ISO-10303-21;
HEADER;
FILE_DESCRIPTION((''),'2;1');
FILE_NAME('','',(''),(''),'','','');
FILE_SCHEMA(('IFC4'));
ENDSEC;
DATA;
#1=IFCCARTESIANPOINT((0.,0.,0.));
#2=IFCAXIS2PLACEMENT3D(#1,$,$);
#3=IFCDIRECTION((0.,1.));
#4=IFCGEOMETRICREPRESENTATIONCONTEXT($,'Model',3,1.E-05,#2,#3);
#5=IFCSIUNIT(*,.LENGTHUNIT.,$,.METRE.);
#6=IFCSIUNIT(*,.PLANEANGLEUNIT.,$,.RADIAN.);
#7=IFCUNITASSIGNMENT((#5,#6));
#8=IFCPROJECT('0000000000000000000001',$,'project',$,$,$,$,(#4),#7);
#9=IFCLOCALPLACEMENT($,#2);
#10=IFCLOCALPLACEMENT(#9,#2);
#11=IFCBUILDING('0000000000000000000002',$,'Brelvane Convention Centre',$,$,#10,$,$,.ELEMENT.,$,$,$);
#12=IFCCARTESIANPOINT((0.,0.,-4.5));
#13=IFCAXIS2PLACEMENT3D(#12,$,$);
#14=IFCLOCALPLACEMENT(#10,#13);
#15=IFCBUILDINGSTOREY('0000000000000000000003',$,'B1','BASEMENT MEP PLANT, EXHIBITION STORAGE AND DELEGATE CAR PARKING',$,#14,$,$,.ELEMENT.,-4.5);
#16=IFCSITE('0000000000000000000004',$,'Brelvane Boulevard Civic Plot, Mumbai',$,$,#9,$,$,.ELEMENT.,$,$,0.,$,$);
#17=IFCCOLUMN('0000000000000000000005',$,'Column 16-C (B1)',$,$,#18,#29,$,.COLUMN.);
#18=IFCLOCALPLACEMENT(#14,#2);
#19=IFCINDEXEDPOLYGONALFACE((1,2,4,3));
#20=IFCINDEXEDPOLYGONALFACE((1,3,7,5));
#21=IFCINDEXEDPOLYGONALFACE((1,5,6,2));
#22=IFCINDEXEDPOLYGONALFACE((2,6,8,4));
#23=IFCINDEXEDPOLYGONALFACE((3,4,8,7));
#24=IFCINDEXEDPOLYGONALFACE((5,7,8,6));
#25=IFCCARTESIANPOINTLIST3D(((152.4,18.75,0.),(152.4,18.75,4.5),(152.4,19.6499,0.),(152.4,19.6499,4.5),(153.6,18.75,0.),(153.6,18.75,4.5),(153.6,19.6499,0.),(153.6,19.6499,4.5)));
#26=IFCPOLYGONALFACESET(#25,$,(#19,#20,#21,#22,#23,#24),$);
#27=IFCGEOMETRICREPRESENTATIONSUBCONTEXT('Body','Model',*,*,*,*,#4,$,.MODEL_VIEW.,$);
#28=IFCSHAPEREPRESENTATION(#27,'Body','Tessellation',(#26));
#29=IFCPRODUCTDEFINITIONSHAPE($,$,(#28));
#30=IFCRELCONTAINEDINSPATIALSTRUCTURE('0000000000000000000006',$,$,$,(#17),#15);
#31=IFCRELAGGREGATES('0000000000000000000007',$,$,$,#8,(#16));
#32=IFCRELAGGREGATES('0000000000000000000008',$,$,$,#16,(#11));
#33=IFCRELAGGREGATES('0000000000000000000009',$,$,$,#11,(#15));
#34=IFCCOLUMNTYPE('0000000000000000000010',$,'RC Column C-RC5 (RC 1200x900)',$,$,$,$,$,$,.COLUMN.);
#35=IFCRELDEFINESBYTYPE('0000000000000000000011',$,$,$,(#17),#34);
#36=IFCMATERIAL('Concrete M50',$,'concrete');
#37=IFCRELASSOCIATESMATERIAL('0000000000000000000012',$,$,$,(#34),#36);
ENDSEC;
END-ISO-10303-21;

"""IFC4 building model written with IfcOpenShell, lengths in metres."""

from ifc_helpers import new_model, si_unit, direction, frame, origin, origin_2d, place, context, subcontext, project, spatial, rectangle, extrude, material, material_profile, profile_set, type_object, element, save


model = new_model("IFC4")

# Units and contexts
model_context = context("Model", 3, precision=1e-05, world=origin(), true_north=direction((0.0, 1.0)))
body_context = subcontext(model_context, "Body", "Model", "MODEL_VIEW")
ifc_project = project(units=[si_unit("LENGTHUNIT", "METRE"), si_unit("PLANEANGLEUNIT", "RADIAN")], contexts=[model_context])

# Site, building, storey
site_placement = place(None, origin())
site = spatial("IfcSite", under=ifc_project, at=site_placement, Name="Brelvane Boulevard Civic Plot, Mumbai", CompositionType="ELEMENT", RefElevation=0.0)
building_placement = place(site_placement, origin())
building = spatial("IfcBuilding", under=site, at=building_placement, Name="Brelvane Convention Centre", CompositionType="ELEMENT")
storey_placement = place(building_placement, frame((0.0, 0.0, -4.5)))
storey = spatial("IfcBuildingStorey", under=building, at=storey_placement, Name="B1", Description="BASEMENT MEP PLANT, EXHIBITION STORAGE AND DELEGATE CAR PARKING", CompositionType="ELEMENT", Elevation=-4.5)

# Column
ifc_material_1 = material(Name="Concrete M50", Category="concrete")
ifc_material_profile_1 = material_profile(ifc_material_1, rectangle(XDim=1.2, YDim=0.8999, at=origin_2d()), Name="RC 1200x900")
ifc_profile_set_1 = profile_set([ifc_material_profile_1], Name="Concrete M50")
column_type_1 = type_object("IfcColumnType", Name="RC Column C-RC5 (RC 1200x900)", PredefinedType="COLUMN", material=ifc_profile_set_1)
column_1_placement = place(storey_placement, frame((153.0, 19.2, 0.0), z_axis=(0.0, 0.0, 1.0), x_axis=(1.0, 0.0, 0.0)))
element("IfcColumn", 1, at=column_1_placement, inside=storey, type_object=column_type_1, Name="Column 16-C (B1)", PredefinedType="COLUMN", context=body_context, shape_type="SweptSolid", body=[
    extrude(rectangle(XDim=1.2, YDim=0.8999, at=origin_2d()), origin(), (0.0, 0.0, 1.0), 4.5),
])

save(model, "model.ifc")
